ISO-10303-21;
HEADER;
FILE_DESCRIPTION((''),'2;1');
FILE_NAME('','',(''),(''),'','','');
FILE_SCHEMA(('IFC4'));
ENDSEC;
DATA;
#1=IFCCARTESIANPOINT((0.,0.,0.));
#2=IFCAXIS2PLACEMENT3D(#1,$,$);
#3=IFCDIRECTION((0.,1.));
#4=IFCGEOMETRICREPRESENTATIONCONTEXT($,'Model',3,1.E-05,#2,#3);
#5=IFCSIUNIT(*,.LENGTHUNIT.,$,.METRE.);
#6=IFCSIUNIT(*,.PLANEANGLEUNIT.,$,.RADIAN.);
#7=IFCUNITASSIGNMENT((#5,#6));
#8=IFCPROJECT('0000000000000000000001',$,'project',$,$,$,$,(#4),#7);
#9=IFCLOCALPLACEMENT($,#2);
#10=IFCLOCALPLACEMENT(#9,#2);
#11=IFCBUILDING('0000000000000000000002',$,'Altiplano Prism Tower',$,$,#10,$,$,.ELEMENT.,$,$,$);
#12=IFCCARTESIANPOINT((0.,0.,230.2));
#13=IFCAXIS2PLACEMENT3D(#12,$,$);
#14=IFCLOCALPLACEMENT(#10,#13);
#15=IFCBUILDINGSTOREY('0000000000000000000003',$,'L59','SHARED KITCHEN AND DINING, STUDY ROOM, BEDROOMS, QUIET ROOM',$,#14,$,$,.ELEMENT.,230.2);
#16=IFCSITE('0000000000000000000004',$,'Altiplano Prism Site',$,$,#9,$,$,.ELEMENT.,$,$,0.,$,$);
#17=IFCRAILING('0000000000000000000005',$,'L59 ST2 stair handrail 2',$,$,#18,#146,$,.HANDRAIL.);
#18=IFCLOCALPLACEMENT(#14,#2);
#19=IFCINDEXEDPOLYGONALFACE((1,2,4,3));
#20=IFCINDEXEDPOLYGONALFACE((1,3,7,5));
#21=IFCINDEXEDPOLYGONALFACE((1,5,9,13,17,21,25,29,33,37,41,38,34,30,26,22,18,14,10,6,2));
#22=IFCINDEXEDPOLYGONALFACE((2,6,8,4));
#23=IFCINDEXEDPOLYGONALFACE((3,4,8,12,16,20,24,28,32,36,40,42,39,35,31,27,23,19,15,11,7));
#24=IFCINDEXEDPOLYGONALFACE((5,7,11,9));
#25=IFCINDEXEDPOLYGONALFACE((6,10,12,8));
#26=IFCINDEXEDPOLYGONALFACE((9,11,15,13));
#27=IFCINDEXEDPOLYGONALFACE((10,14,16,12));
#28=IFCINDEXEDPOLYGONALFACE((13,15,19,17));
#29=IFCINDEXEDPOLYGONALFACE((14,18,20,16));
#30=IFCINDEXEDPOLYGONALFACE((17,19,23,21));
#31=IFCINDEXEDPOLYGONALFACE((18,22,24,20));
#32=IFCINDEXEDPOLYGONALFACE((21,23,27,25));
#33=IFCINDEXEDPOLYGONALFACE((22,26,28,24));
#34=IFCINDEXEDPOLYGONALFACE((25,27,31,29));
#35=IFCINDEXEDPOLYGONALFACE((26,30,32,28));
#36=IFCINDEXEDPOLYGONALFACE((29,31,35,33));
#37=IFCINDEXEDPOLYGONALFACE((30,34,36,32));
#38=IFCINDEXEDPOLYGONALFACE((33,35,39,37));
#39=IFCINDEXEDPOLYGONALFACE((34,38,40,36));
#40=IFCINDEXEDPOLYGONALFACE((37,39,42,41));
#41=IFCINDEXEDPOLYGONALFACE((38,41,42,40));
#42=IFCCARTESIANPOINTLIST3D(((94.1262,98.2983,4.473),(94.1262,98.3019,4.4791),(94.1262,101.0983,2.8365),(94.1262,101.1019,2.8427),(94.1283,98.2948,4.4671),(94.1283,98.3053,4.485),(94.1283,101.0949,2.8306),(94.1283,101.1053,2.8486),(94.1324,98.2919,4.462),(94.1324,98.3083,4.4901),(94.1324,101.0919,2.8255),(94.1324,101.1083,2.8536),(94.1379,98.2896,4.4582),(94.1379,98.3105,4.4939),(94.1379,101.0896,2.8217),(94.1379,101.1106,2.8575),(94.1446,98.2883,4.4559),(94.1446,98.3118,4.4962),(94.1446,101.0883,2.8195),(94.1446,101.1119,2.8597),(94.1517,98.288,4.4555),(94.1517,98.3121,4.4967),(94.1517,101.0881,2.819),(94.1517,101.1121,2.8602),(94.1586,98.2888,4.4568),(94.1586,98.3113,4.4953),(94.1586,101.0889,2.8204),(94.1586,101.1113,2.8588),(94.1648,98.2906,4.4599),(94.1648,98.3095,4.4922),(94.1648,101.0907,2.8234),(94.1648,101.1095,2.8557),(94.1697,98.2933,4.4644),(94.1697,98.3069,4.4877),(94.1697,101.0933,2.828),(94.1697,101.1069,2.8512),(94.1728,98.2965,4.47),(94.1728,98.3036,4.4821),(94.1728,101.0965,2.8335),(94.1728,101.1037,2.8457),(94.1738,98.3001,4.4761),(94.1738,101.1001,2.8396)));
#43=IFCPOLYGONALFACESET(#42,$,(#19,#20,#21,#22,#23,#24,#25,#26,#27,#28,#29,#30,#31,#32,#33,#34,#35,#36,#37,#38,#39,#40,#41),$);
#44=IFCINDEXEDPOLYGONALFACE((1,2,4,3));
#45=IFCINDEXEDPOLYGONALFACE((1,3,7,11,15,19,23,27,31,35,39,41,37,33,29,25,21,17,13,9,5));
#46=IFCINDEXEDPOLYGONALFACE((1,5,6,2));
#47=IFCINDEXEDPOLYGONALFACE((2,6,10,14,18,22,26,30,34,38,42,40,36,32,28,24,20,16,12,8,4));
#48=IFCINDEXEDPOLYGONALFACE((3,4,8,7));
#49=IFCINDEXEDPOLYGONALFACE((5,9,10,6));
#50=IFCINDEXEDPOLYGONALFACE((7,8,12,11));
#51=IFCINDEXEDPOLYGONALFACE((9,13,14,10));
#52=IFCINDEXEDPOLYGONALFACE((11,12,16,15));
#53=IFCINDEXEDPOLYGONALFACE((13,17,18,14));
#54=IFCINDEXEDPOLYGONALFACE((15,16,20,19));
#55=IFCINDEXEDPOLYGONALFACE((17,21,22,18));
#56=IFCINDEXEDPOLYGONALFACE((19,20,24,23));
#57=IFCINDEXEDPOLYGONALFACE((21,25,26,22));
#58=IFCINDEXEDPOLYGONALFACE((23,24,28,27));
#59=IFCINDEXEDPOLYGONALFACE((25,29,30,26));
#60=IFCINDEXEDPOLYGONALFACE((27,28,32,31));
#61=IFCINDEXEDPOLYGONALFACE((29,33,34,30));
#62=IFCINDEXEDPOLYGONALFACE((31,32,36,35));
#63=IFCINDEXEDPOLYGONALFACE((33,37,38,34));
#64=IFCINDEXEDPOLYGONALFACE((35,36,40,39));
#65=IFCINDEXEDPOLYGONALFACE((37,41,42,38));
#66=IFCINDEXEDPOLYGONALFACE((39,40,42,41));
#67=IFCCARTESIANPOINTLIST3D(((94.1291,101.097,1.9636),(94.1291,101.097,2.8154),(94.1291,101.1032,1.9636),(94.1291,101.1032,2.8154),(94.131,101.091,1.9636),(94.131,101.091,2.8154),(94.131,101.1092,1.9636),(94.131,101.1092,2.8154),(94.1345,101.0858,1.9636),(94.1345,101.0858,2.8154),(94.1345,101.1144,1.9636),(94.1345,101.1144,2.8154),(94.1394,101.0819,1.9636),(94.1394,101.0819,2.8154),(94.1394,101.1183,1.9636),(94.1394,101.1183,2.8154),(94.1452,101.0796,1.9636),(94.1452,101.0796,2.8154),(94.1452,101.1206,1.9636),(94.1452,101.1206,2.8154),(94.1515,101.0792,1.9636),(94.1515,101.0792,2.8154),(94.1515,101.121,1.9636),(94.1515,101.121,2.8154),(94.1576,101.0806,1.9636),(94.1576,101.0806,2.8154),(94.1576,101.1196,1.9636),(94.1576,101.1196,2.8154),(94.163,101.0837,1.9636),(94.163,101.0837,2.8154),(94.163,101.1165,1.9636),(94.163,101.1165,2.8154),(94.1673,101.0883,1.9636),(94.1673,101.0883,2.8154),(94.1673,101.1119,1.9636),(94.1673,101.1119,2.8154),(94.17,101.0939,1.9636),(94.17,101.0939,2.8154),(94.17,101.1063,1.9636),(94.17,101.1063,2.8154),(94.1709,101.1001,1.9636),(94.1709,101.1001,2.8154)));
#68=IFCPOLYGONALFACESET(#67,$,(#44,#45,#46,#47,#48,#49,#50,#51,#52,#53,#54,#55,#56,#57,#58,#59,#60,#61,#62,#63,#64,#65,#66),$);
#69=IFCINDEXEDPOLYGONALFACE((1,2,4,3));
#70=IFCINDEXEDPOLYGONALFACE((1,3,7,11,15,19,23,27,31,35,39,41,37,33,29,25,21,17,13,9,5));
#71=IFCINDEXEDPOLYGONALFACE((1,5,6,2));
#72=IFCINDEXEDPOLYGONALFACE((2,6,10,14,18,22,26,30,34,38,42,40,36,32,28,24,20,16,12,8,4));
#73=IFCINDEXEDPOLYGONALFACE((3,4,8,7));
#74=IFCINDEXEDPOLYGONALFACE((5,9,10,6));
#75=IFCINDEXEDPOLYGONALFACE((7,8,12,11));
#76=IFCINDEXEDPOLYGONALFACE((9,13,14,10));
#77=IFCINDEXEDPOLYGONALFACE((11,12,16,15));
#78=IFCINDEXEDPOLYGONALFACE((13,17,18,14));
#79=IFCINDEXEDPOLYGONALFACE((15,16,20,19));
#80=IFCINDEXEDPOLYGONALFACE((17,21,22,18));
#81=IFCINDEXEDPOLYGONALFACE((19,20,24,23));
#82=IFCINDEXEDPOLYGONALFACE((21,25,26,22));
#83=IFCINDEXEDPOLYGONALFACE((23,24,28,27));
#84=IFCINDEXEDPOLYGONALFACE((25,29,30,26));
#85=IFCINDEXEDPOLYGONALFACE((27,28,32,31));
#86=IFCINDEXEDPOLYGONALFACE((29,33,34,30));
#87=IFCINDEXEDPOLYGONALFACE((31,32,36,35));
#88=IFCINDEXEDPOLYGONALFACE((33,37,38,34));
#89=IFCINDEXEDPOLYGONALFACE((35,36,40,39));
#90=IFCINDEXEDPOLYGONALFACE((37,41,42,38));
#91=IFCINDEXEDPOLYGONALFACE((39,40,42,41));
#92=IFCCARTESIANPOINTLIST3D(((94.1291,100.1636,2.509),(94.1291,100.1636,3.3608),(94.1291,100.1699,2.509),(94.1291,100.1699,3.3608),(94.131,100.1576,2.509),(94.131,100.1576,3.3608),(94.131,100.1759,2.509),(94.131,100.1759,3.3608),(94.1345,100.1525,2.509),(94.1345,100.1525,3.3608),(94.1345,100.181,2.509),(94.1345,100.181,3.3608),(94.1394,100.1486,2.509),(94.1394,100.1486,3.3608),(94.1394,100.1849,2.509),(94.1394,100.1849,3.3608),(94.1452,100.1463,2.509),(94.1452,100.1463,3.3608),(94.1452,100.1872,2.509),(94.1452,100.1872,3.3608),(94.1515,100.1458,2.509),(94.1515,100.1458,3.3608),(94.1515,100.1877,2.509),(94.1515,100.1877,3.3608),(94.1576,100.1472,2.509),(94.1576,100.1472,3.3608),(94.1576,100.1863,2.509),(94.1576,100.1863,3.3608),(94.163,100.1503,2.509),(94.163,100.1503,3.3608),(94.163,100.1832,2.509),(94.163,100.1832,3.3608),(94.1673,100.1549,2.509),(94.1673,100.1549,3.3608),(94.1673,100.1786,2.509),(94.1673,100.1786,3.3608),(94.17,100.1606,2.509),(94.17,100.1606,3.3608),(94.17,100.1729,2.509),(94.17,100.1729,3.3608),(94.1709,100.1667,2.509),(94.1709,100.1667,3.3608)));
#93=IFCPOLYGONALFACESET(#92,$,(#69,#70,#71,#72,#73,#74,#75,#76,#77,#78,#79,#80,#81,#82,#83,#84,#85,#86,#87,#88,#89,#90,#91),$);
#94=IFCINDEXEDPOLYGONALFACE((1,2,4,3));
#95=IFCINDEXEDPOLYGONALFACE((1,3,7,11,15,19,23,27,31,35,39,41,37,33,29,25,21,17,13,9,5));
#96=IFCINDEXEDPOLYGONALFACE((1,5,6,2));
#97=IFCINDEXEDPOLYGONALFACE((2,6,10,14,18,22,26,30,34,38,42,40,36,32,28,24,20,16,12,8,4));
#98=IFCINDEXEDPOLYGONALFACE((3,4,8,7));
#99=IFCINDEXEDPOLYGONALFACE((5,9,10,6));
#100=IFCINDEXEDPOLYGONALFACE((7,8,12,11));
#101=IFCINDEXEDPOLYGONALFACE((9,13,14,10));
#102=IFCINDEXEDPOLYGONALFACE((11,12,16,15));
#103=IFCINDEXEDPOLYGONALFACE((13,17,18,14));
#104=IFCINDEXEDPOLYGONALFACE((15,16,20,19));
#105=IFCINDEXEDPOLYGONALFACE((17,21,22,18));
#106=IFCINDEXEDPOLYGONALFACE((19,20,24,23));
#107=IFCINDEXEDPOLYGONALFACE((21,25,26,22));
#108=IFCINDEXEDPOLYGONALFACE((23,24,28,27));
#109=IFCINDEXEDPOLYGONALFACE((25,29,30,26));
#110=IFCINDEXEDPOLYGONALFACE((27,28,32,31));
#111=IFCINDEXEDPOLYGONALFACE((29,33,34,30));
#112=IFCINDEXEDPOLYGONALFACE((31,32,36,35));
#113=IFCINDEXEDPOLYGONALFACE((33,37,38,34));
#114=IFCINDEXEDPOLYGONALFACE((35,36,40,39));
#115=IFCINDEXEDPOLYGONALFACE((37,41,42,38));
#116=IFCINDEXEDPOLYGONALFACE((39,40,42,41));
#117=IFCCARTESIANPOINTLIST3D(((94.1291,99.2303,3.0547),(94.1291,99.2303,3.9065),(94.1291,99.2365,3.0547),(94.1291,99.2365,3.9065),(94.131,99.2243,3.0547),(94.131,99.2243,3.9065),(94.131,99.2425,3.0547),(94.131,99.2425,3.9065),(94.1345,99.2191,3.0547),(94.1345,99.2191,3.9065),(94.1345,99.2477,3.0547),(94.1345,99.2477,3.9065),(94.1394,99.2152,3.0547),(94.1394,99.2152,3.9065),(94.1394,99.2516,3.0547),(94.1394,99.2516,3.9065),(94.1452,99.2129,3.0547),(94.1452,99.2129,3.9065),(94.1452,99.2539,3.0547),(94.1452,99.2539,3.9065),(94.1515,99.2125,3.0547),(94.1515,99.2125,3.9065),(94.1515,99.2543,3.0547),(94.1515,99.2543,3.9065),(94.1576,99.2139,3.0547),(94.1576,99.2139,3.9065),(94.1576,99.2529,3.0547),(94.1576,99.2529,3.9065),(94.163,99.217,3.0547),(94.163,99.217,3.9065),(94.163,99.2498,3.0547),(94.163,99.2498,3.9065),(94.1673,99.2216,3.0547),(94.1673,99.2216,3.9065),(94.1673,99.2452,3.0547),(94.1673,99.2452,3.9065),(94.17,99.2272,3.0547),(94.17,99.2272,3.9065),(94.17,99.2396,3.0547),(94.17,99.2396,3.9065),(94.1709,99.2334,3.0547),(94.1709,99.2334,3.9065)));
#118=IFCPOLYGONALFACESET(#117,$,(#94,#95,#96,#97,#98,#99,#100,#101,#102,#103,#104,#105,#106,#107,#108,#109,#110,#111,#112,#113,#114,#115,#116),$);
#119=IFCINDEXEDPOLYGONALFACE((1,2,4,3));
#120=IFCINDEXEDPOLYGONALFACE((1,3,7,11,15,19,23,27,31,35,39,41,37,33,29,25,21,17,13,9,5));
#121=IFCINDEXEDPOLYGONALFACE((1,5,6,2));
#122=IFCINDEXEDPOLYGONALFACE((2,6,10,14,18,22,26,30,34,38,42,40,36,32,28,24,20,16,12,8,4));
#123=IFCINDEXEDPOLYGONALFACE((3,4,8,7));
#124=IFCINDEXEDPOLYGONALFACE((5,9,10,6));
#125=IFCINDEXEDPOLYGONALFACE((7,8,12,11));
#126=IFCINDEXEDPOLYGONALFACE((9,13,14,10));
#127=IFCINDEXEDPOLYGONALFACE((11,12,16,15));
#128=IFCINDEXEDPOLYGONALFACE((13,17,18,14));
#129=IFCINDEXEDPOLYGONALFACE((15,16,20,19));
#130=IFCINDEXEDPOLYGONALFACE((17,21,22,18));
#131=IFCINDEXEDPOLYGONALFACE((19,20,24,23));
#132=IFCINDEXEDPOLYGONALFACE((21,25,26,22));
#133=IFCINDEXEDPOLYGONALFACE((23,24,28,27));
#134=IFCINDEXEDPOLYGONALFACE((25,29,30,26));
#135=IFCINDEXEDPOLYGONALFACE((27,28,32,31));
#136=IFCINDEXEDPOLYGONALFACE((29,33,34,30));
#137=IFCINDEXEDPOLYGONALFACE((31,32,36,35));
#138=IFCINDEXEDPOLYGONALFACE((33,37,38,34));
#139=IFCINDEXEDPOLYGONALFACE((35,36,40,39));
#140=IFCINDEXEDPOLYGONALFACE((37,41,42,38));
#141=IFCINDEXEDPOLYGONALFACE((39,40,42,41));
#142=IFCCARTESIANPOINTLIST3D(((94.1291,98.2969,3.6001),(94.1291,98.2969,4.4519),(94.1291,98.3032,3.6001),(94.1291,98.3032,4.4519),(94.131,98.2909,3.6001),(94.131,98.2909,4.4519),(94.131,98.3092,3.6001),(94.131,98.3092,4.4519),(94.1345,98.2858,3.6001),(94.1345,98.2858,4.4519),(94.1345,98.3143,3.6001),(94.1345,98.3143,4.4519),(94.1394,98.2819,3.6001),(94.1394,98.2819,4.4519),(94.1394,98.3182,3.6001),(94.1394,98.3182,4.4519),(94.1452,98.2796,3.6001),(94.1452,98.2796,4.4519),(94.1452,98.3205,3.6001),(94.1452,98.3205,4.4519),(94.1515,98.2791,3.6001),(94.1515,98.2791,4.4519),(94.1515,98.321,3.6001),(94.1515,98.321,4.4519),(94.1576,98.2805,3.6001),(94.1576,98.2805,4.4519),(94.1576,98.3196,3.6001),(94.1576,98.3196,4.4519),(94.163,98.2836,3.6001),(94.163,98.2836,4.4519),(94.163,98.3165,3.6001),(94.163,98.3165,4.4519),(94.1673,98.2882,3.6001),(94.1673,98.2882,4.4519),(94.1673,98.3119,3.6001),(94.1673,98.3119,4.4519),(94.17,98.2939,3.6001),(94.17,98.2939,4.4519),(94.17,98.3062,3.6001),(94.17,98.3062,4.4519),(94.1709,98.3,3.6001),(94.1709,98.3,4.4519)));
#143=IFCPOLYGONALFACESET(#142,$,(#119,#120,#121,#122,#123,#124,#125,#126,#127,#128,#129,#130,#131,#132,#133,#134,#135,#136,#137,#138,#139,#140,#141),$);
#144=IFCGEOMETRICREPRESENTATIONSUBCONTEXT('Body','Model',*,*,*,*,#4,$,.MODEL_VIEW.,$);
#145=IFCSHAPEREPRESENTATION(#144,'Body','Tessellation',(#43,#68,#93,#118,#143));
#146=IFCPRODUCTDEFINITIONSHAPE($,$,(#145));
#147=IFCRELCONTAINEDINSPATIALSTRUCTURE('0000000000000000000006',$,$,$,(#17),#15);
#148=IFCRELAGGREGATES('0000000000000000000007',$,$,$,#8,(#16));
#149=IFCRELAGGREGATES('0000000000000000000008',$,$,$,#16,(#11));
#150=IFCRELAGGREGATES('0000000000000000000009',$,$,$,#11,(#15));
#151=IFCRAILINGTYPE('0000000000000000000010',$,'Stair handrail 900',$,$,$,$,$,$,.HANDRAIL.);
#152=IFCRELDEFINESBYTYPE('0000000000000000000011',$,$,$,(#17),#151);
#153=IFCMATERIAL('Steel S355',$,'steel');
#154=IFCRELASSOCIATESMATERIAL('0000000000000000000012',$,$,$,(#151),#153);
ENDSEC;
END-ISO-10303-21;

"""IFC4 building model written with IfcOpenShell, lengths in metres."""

from ifc_helpers import new_model, si_unit, direction, frame, origin, origin_2d, place, context, subcontext, project, spatial, circle, extrude, material, type_object, element, save


model = new_model("IFC4")

# Units and contexts
model_context = context("Model", 3, precision=1e-05, world=origin(), true_north=direction((0.0, 1.0)))
body_context = subcontext(model_context, "Body", "Model", "MODEL_VIEW")
ifc_project = project(units=[si_unit("LENGTHUNIT", "METRE"), si_unit("PLANEANGLEUNIT", "RADIAN")], contexts=[model_context])

# Site, building, storey
site_placement = place(None, origin())
site = spatial("IfcSite", under=ifc_project, at=site_placement, Name="Altiplano Prism Site", CompositionType="ELEMENT", RefElevation=0.0)
building_placement = place(site_placement, origin())
building = spatial("IfcBuilding", under=site, at=building_placement, Name="Altiplano Prism Tower", CompositionType="ELEMENT")
storey_placement = place(building_placement, frame((0.0, 0.0, 230.2)))
storey = spatial("IfcBuildingStorey", under=building, at=storey_placement, Name="L59", Description="SHARED KITCHEN AND DINING, STUDY ROOM, BEDROOMS, QUIET ROOM", CompositionType="ELEMENT", Elevation=230.2)

# Railing
ifc_material_1 = material(Name="Steel S355", Category="steel")
railing_type_1 = type_object("IfcRailingType", Name="Stair handrail 900", PredefinedType="HANDRAIL", material=ifc_material_1)
railing_1_placement = place(storey_placement, frame((94.1499, 101.1001, 1.9636)))
element("IfcRailing", 1, at=railing_1_placement, inside=storey, type_object=railing_type_1, Name="L59 ST2 stair handrail 2", PredefinedType="HANDRAIL", context=body_context, shape_type="SweptSolid", body=[
    extrude(circle(Radius=0.0239, at=origin_2d()), frame((0.0, 0.0, 0.876), z_axis=(0.0, -0.863361, 0.504587), x_axis=(1.0, 0.0, 0.0)), (0.0, 0.0, 1.0), 3.2432),
    extrude(circle(Radius=0.021, at=origin_2d()), origin(), (0.0, 0.0, 1.0), 0.8518),
    extrude(circle(Radius=0.021, at=origin_2d()), frame((0.0, -0.9333, 0.5454)), (0.0, 0.0, 1.0), 0.8518),
    extrude(circle(Radius=0.021, at=origin_2d()), frame((0.0, -1.8667, 1.0911)), (0.0, 0.0, 1.0), 0.8518),
    extrude(circle(Radius=0.021, at=origin_2d()), frame((0.0, -2.8, 1.6365)), (0.0, 0.0, 1.0), 0.8518),
])

save(model, "model.ifc")
